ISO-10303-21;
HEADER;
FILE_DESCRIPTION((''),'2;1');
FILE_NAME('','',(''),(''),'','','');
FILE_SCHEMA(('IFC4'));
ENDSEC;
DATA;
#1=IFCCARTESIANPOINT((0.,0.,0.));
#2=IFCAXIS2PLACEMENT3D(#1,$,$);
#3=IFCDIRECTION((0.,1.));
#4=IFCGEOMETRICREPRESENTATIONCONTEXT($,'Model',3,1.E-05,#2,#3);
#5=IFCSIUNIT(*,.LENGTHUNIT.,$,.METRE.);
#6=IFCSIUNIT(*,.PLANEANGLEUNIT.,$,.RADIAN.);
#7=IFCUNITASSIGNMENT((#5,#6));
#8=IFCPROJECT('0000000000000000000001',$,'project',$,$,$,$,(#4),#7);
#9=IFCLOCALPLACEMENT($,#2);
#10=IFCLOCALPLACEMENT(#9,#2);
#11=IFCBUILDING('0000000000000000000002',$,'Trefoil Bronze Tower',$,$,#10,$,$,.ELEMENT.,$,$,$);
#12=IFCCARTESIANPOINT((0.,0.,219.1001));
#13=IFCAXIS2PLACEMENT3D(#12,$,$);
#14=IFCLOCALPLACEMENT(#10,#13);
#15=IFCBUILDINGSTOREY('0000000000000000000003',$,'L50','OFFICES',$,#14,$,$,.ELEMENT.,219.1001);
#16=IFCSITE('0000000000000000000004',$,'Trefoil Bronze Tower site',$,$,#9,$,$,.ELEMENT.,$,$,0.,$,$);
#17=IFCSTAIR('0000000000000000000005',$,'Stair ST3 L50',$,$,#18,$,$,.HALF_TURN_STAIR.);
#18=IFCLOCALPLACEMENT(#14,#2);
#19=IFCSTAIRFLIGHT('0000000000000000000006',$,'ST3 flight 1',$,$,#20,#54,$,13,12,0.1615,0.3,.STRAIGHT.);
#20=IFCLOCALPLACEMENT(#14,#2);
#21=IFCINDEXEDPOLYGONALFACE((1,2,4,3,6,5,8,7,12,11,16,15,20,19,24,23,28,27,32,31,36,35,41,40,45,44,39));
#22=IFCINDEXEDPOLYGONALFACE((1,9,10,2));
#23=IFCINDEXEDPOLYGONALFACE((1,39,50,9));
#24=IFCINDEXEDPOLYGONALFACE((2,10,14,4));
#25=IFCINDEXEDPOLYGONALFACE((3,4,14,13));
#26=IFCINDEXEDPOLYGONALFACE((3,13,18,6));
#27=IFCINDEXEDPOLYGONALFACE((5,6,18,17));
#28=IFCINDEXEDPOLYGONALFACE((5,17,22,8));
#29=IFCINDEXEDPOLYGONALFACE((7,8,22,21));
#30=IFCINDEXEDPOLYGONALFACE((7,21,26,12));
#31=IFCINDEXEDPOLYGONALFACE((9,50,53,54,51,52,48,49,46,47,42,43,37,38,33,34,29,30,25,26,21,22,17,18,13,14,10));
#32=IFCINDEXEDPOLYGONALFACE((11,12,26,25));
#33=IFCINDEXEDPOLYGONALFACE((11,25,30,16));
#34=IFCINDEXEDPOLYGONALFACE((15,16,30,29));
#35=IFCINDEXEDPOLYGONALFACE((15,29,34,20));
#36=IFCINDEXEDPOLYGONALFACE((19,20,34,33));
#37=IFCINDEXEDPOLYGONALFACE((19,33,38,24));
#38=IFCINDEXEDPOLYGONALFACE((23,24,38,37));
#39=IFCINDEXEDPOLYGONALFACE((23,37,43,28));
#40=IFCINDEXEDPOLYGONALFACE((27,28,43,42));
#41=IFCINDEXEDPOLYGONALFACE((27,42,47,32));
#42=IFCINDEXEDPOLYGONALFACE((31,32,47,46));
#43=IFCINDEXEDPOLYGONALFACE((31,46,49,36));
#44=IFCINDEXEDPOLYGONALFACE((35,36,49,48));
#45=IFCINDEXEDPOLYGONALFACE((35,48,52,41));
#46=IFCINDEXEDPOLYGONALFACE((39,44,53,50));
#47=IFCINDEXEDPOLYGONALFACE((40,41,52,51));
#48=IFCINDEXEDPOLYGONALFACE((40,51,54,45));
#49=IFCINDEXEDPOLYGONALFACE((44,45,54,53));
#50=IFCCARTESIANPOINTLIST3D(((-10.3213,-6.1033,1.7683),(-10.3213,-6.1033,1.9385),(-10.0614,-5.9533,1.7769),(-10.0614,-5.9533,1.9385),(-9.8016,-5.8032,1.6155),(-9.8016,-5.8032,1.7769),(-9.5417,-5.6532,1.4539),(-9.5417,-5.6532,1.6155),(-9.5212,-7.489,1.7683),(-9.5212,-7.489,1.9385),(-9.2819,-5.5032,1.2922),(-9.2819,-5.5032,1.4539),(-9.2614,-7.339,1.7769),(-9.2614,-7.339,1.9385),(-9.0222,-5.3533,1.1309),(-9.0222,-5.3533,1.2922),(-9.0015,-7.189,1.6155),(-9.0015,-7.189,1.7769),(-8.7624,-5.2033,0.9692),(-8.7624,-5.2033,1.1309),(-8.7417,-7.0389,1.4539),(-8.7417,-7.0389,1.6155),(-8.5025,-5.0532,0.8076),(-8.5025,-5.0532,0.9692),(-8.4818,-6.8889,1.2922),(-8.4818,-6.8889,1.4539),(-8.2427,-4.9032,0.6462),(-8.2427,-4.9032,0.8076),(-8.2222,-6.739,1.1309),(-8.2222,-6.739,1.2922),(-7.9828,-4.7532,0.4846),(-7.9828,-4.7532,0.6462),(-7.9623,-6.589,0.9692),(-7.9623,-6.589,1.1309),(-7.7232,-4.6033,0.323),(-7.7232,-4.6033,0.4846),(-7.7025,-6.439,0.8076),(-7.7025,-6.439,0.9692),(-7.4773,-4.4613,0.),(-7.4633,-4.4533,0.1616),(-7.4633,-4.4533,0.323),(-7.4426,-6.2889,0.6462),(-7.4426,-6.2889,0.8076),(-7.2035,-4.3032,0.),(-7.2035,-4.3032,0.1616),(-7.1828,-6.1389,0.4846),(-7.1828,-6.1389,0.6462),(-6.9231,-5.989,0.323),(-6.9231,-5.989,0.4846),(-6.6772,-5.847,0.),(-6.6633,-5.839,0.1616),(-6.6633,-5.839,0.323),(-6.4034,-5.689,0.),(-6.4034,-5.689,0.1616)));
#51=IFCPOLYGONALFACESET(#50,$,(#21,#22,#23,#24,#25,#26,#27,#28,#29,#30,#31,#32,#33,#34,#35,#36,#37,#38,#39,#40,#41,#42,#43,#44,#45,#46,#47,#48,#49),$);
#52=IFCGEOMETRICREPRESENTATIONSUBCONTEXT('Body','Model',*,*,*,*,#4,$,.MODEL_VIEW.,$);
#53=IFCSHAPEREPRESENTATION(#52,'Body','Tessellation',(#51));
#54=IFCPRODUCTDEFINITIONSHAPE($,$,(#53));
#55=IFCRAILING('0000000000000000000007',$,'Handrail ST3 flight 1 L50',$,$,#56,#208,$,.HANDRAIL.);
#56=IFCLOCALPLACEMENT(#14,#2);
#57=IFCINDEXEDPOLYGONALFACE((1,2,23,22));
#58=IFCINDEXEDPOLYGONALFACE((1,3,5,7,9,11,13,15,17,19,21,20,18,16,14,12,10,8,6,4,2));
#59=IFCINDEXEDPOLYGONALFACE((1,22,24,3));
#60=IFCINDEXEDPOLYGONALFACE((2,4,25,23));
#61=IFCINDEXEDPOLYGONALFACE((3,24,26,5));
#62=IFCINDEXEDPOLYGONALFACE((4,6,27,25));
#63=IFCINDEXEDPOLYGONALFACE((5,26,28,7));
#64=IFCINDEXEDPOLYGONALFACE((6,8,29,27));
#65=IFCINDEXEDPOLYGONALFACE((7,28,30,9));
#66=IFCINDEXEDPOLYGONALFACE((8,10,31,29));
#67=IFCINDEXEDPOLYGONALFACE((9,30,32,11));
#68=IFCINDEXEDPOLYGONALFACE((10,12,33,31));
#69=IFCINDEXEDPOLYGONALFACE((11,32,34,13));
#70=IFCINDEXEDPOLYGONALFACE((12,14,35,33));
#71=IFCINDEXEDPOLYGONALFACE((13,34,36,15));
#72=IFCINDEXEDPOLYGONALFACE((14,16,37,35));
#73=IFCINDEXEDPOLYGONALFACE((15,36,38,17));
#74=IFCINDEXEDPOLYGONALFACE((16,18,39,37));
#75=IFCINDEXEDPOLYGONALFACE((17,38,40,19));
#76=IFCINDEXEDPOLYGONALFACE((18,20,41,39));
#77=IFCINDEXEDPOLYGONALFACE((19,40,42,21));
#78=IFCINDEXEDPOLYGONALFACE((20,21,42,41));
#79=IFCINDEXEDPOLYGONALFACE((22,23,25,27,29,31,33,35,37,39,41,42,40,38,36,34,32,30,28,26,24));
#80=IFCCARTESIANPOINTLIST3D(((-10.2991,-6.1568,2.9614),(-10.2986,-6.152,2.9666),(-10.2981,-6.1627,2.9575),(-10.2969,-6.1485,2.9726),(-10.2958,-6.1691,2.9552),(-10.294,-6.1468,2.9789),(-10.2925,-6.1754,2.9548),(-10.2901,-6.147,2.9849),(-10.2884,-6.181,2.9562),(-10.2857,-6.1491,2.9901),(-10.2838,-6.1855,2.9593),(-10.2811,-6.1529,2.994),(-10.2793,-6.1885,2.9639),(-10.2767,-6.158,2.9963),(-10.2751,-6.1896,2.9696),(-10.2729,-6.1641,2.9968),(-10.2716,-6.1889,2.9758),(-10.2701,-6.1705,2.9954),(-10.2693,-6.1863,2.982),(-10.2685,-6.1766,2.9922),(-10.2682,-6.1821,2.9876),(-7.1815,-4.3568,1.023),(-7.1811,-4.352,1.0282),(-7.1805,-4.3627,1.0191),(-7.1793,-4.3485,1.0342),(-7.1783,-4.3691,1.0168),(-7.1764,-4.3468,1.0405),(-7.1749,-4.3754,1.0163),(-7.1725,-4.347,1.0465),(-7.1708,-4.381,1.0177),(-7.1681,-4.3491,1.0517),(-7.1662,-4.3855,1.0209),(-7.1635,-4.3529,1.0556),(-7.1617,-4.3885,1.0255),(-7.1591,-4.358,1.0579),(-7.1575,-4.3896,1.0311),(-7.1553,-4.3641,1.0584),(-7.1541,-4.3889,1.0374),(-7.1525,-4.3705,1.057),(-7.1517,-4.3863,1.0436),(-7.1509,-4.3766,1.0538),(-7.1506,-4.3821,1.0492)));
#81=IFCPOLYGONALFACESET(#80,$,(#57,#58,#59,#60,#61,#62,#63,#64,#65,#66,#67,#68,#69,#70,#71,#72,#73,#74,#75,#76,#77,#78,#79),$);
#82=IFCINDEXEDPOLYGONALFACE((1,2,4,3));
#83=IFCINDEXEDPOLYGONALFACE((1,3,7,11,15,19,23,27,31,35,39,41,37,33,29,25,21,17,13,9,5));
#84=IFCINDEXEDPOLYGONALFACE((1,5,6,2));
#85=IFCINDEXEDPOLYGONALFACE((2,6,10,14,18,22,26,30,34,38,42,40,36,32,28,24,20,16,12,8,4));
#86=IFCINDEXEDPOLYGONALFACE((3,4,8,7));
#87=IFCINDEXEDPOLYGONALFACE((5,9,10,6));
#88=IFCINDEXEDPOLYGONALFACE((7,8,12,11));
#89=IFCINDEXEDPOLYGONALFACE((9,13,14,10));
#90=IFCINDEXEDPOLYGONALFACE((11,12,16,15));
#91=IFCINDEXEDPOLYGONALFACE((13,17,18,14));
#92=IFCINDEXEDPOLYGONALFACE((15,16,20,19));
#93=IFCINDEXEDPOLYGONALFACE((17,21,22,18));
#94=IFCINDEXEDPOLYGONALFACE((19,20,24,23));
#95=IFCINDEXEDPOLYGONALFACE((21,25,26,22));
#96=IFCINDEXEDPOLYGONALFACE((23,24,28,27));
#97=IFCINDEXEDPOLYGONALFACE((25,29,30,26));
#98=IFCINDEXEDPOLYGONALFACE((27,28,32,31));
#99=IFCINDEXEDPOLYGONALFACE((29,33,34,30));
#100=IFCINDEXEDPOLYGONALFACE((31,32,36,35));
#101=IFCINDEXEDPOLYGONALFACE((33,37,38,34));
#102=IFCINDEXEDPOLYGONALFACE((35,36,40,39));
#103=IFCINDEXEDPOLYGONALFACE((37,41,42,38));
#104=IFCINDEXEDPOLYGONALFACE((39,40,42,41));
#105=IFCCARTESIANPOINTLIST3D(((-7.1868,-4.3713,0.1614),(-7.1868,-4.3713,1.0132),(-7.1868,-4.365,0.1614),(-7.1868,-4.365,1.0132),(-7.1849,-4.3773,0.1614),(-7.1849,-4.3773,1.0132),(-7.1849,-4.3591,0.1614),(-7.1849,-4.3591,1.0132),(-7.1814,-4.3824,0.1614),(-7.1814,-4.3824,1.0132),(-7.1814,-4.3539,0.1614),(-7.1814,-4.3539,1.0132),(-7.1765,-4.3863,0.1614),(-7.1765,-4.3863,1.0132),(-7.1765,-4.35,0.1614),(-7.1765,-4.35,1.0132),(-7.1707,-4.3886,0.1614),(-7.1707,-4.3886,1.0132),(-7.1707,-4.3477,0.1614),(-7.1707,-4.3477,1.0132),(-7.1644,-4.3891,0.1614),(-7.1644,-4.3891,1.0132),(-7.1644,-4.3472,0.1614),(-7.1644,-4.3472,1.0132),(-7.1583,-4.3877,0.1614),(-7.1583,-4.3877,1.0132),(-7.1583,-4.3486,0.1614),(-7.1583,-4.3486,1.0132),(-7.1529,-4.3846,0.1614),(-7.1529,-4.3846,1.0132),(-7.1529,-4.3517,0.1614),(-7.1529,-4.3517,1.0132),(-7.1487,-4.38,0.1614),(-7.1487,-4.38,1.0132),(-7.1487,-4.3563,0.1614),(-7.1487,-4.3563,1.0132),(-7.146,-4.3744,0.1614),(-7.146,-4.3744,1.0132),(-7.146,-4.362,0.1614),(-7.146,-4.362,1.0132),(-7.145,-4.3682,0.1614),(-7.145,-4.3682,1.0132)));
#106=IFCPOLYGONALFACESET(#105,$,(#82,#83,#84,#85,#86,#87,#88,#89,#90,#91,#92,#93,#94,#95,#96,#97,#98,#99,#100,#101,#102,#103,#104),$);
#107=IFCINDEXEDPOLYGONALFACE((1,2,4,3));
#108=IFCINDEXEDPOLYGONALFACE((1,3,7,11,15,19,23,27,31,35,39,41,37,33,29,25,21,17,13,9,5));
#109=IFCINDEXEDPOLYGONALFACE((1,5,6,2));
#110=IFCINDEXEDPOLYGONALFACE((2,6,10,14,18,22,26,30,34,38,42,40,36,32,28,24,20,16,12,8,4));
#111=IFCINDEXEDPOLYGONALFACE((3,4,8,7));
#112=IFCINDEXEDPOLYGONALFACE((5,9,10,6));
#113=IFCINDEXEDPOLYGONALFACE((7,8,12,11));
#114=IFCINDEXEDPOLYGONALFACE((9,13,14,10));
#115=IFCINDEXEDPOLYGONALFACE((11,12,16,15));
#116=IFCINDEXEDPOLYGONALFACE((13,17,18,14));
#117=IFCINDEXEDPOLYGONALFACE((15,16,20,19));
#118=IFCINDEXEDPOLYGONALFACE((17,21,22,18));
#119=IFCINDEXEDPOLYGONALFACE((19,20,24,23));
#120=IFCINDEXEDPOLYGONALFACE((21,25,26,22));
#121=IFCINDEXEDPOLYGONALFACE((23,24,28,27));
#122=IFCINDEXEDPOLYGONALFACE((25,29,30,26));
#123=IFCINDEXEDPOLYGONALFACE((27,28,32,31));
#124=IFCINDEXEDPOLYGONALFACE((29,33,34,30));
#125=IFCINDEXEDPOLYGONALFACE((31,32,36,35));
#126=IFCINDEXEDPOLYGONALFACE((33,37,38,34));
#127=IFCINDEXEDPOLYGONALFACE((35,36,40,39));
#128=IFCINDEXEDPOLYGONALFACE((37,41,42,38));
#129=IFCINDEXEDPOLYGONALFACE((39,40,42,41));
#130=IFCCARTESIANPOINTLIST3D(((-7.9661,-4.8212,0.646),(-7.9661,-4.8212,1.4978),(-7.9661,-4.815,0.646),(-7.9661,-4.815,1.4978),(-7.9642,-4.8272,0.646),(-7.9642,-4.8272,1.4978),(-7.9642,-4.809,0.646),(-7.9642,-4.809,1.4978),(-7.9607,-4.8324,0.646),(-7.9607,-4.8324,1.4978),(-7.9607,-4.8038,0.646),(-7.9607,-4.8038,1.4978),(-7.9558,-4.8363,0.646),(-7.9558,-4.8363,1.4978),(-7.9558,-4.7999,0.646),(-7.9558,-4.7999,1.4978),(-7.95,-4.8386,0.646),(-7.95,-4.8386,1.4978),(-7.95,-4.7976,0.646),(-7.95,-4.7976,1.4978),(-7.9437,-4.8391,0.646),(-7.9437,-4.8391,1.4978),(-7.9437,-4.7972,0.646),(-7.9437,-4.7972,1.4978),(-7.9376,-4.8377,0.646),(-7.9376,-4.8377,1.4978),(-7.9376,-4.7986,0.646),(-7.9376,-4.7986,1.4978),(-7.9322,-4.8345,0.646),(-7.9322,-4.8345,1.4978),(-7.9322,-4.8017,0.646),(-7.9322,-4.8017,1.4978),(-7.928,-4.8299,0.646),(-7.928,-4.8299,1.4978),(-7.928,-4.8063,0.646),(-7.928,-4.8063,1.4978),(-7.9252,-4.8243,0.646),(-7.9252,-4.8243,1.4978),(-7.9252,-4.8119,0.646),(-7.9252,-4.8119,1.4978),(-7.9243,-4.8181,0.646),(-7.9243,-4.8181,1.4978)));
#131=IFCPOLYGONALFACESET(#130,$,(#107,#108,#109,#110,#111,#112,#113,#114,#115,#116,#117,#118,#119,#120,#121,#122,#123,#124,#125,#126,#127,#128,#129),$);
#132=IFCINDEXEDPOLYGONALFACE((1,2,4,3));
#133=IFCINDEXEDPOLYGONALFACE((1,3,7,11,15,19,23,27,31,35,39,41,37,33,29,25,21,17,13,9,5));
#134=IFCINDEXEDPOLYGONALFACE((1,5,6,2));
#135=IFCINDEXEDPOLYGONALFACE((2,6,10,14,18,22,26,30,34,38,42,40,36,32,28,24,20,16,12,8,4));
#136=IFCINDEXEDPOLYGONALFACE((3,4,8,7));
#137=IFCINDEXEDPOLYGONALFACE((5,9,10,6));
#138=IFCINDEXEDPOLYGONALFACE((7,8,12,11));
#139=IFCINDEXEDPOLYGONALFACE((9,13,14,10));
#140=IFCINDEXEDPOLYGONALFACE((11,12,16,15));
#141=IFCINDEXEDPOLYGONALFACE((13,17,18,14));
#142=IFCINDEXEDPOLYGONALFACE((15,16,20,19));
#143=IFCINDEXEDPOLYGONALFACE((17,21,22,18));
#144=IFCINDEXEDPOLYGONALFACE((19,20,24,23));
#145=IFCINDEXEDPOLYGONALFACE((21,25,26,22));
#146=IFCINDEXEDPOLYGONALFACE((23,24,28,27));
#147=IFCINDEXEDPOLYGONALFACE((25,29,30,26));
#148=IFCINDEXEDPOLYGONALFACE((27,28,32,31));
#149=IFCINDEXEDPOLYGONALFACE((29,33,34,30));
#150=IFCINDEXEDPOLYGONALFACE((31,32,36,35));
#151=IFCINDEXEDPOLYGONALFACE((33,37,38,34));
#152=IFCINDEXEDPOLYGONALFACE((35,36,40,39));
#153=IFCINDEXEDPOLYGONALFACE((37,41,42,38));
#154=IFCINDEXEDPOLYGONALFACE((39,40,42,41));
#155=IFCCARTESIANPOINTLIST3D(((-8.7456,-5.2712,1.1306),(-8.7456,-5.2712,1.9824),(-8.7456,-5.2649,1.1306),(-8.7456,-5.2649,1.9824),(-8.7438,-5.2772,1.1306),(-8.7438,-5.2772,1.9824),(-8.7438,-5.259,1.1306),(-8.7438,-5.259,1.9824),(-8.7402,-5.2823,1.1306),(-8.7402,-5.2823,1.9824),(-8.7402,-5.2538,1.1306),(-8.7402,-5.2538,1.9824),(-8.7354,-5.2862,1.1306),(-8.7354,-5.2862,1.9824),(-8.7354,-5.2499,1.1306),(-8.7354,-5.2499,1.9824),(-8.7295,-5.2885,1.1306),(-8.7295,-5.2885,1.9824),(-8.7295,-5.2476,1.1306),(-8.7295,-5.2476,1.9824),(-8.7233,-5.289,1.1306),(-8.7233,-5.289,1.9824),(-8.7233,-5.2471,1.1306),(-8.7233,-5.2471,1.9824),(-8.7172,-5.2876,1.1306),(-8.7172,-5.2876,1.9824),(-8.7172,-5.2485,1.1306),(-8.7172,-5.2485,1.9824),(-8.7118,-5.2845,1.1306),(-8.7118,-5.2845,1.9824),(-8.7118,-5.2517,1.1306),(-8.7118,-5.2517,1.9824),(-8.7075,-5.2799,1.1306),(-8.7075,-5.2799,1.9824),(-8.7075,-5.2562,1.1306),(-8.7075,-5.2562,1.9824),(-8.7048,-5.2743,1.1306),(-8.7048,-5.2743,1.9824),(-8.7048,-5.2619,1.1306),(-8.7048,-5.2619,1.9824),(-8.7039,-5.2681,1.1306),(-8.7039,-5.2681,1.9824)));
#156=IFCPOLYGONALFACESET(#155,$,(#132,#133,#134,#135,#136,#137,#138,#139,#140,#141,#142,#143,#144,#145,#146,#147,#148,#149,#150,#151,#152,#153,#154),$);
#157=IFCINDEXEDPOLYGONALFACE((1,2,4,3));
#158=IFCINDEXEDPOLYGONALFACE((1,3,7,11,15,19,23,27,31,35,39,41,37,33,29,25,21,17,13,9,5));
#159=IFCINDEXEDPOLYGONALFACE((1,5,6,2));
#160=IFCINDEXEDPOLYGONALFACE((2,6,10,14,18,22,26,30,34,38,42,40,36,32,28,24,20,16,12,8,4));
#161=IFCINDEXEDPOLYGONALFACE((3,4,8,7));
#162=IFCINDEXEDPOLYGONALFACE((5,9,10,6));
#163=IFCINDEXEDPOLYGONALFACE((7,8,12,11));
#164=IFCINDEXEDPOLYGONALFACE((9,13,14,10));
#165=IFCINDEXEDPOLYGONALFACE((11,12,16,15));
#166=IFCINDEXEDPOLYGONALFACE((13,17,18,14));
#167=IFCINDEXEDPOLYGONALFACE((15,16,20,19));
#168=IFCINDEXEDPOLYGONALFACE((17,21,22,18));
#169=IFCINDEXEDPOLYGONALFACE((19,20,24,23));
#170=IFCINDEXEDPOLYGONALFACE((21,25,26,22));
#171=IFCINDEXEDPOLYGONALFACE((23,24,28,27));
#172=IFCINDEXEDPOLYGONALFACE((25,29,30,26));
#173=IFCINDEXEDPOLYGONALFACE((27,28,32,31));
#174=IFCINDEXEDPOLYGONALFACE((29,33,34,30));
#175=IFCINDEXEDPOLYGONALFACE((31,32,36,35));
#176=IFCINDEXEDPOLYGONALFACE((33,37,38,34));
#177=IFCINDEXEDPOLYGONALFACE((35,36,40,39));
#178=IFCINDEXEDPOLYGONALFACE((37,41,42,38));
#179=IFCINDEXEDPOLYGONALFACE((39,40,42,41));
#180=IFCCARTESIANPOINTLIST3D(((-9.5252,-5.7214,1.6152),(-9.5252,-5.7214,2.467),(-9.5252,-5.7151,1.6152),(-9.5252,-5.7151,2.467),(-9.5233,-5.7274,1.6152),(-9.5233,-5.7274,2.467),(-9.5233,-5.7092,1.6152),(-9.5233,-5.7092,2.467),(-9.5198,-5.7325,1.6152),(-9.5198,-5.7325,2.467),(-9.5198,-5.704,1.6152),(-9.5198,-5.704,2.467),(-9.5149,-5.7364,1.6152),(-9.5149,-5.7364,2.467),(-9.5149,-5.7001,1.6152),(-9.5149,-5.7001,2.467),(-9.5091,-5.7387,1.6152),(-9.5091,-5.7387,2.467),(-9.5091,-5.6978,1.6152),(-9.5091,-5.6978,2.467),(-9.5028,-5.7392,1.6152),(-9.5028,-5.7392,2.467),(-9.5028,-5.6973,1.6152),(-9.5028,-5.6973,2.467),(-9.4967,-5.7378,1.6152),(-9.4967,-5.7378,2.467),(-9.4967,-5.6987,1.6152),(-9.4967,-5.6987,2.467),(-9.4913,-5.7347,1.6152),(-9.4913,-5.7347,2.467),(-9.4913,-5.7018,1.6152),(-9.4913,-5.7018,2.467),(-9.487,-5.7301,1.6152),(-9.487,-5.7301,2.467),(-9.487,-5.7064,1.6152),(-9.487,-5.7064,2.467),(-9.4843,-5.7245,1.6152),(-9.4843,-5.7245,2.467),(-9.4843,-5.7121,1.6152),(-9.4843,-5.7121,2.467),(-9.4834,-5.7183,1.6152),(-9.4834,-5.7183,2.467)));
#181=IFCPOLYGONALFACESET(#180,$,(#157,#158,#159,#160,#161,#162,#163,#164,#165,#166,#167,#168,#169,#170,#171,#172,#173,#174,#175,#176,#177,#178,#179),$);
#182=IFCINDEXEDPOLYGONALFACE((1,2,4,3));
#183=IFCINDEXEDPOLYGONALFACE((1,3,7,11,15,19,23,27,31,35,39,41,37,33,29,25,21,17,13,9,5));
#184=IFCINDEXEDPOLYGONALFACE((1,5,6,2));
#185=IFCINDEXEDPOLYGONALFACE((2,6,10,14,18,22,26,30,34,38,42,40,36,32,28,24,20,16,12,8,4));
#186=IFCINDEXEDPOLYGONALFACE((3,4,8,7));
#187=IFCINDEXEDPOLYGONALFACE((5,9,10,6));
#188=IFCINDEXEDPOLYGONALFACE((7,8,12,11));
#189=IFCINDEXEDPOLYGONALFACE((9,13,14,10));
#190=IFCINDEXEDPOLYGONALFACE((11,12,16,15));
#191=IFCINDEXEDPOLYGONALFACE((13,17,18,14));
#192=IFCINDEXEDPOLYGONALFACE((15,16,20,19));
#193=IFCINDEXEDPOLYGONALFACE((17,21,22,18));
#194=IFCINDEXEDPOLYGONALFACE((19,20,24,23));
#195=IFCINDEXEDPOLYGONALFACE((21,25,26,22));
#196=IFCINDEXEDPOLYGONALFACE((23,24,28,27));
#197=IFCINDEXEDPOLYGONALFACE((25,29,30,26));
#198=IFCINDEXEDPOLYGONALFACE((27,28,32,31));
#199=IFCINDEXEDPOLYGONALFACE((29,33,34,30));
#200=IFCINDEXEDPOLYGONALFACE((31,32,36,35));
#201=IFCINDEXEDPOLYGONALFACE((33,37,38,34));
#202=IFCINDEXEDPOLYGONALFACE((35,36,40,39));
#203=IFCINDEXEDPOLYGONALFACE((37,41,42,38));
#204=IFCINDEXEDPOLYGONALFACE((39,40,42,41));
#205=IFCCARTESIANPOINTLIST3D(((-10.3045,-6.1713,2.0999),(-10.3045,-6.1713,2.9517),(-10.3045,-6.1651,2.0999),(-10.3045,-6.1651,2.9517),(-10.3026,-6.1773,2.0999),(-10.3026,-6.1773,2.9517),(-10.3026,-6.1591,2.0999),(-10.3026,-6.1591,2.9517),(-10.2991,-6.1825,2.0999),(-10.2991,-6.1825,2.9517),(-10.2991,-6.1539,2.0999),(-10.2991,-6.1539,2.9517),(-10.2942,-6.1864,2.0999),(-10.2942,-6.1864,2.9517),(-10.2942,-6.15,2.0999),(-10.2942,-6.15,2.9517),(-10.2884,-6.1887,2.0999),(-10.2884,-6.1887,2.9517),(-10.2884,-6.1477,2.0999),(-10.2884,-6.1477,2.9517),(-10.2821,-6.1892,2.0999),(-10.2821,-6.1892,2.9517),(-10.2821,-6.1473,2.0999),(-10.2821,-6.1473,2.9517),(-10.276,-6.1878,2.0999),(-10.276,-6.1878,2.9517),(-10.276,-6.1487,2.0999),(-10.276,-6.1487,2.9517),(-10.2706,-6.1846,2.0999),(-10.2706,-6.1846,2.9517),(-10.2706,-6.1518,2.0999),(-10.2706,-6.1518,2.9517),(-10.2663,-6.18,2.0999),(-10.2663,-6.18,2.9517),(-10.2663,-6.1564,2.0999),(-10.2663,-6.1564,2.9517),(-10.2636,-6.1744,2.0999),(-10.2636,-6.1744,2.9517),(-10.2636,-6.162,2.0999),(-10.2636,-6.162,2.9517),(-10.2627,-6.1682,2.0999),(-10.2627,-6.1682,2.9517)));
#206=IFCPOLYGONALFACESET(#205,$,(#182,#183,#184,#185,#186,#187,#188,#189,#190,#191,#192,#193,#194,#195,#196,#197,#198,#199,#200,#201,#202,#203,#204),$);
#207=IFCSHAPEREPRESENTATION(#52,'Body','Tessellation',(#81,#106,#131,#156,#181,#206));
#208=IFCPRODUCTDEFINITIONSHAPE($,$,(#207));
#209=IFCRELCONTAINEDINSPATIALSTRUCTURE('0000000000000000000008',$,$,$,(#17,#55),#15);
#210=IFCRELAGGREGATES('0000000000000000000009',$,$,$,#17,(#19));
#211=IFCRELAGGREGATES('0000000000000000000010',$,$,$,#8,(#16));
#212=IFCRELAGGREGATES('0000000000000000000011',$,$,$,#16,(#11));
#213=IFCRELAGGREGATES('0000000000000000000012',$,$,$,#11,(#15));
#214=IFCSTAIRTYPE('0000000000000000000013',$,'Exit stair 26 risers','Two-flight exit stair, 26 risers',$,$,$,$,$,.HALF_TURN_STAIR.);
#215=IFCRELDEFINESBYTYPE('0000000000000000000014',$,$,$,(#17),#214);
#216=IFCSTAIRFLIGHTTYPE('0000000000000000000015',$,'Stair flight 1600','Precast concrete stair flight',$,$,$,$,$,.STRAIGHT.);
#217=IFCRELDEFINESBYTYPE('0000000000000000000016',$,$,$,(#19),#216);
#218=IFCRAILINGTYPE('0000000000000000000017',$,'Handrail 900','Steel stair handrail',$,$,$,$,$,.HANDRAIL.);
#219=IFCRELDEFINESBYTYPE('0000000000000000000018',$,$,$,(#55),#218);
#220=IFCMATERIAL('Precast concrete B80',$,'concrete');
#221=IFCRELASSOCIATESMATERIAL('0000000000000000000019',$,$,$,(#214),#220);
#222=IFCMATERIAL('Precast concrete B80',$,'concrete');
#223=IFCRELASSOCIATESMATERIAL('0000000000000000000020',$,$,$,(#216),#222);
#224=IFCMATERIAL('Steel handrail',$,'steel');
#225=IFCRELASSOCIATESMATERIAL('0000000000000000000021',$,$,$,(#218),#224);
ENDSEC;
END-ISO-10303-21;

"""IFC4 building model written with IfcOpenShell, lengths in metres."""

from ifc_helpers import new_model, si_unit, direction, frame, origin, origin_2d, place, context, subcontext, project, spatial, polyline, circle, outline, extrude, material, type_object, element, aggregate, save


model = new_model("IFC4")

# Units and contexts
model_context = context("Model", 3, precision=1e-05, world=origin(), true_north=direction((0.0, 1.0)))
body_context = subcontext(model_context, "Body", "Model", "MODEL_VIEW")
ifc_project = project(units=[si_unit("LENGTHUNIT", "METRE"), si_unit("PLANEANGLEUNIT", "RADIAN")], contexts=[model_context])

# Site, building, storey
site_placement = place(None, origin())
site = spatial("IfcSite", under=ifc_project, at=site_placement, Name="Trefoil Bronze Tower site", CompositionType="ELEMENT", RefElevation=0.0)
building_placement = place(site_placement, origin())
building = spatial("IfcBuilding", under=site, at=building_placement, Name="Trefoil Bronze Tower", CompositionType="ELEMENT")
storey_placement = place(building_placement, frame((0.0, 0.0, 219.1001)))
storey = spatial("IfcBuildingStorey", under=building, at=storey_placement, Name="L50", Description="OFFICES", CompositionType="ELEMENT", Elevation=219.1001)

# Stair, stair flight
ifc_material_1 = material(Name="Precast concrete B80", Category="concrete")
stair_type = type_object("IfcStairType", Name="Exit stair 26 risers", Description="Two-flight exit stair, 26 risers", PredefinedType="HALF_TURN_STAIR", material=ifc_material_1)
stair_placement = place(storey_placement, origin())
stair = element("IfcStair", 1, at=stair_placement, inside=storey, type_object=stair_type, Name="Stair ST3 L50", PredefinedType="HALF_TURN_STAIR")
ifc_material_2 = material(Name="Precast concrete B80", Category="concrete")
stair_flight_type = type_object("IfcStairFlightType", Name="Stair flight 1600", Description="Precast concrete stair flight", PredefinedType="STRAIGHT", material=ifc_material_2)
stair_flight_placement = place(storey_placement, frame((-6.8035, -4.9961, 0.0), z_axis=(0.0, 0.0, 1.0), x_axis=(-0.866025, -0.5, 0.0)))
stair_flight = element("IfcStairFlight", 2, at=stair_flight_placement, type_object=stair_flight_type, Name="ST3 flight 1", NumberOfRisers=13, NumberOfTreads=12, PredefinedType="STRAIGHT", RiserHeight=0.1615, TreadLength=0.3, context=body_context, shape_type="SweptSolid", body=[
    extrude(outline(polyline([(0.0, 0.0), (0.0, 0.1616), (0.3, 0.1616), (0.3, 0.323), (0.6001, 0.323), (0.6001, 0.4846), (0.8999, 0.4846), (0.8999, 0.6462), (1.2, 0.6462), (1.2, 0.8076), (1.5, 0.8076), (1.5, 0.9692), (1.8, 0.9692), (1.8, 1.1309), (2.1001, 1.1309), (2.1001, 1.2922), (2.3999, 1.2922), (2.3999, 1.4539), (2.7, 1.4539), (2.7, 1.6155), (3.0, 1.6155), (3.0, 1.7769), (3.3, 1.7769), (3.3, 1.9385), (3.6001, 1.9385), (3.6001, 2.1001), (3.6001, 1.7683), (0.3162, 0.0), (0.0, 0.0)])), frame((0.0, 0.8, 0.0), z_axis=(0.0, -1.0, 0.0), x_axis=(1.0, 0.0, 0.0)), (0.0, 0.0, 1.0), 1.6001),
])
aggregate(stair, [stair_flight])

# Railing
ifc_material_3 = material(Name="Steel handrail", Category="steel")
railing_type = type_object("IfcRailingType", Name="Handrail 900", Description="Steel stair handrail", PredefinedType="HANDRAIL", material=ifc_material_3)
railing_placement = place(storey_placement, frame((-7.166, -4.3682, 0.1614)))
element("IfcRailing", 3, at=railing_placement, inside=storey, type_object=railing_type, Name="Handrail ST3 flight 1 L50", PredefinedType="HANDRAIL", context=body_context, shape_type="SweptSolid", body=[
    extrude(circle(Radius=0.0239, at=origin_2d()), frame((0.0, 0.0, 0.876), z_axis=(-0.762503, -0.440246, 0.474102), x_axis=(0.500012, -0.866018, 0.0)), (0.0, 0.0, 1.0), 4.0886),
    extrude(circle(Radius=0.021, at=origin_2d()), origin(), (0.0, 0.0, 1.0), 0.8518),
    extrude(circle(Radius=0.021, at=origin_2d()), frame((-0.7793, -0.45, 0.4846)), (0.0, 0.0, 1.0), 0.8518),
    extrude(circle(Radius=0.021, at=origin_2d()), frame((-1.5588, -0.8999, 0.9692)), (0.0, 0.0, 1.0), 0.8518),
    extrude(circle(Radius=0.021, at=origin_2d()), frame((-2.3384, -1.3501, 1.4539)), (0.0, 0.0, 1.0), 0.8518),
    extrude(circle(Radius=0.021, at=origin_2d()), frame((-3.1177, -1.8, 1.9385)), (0.0, 0.0, 1.0), 0.8518),
])

save(model, "model.ifc")
